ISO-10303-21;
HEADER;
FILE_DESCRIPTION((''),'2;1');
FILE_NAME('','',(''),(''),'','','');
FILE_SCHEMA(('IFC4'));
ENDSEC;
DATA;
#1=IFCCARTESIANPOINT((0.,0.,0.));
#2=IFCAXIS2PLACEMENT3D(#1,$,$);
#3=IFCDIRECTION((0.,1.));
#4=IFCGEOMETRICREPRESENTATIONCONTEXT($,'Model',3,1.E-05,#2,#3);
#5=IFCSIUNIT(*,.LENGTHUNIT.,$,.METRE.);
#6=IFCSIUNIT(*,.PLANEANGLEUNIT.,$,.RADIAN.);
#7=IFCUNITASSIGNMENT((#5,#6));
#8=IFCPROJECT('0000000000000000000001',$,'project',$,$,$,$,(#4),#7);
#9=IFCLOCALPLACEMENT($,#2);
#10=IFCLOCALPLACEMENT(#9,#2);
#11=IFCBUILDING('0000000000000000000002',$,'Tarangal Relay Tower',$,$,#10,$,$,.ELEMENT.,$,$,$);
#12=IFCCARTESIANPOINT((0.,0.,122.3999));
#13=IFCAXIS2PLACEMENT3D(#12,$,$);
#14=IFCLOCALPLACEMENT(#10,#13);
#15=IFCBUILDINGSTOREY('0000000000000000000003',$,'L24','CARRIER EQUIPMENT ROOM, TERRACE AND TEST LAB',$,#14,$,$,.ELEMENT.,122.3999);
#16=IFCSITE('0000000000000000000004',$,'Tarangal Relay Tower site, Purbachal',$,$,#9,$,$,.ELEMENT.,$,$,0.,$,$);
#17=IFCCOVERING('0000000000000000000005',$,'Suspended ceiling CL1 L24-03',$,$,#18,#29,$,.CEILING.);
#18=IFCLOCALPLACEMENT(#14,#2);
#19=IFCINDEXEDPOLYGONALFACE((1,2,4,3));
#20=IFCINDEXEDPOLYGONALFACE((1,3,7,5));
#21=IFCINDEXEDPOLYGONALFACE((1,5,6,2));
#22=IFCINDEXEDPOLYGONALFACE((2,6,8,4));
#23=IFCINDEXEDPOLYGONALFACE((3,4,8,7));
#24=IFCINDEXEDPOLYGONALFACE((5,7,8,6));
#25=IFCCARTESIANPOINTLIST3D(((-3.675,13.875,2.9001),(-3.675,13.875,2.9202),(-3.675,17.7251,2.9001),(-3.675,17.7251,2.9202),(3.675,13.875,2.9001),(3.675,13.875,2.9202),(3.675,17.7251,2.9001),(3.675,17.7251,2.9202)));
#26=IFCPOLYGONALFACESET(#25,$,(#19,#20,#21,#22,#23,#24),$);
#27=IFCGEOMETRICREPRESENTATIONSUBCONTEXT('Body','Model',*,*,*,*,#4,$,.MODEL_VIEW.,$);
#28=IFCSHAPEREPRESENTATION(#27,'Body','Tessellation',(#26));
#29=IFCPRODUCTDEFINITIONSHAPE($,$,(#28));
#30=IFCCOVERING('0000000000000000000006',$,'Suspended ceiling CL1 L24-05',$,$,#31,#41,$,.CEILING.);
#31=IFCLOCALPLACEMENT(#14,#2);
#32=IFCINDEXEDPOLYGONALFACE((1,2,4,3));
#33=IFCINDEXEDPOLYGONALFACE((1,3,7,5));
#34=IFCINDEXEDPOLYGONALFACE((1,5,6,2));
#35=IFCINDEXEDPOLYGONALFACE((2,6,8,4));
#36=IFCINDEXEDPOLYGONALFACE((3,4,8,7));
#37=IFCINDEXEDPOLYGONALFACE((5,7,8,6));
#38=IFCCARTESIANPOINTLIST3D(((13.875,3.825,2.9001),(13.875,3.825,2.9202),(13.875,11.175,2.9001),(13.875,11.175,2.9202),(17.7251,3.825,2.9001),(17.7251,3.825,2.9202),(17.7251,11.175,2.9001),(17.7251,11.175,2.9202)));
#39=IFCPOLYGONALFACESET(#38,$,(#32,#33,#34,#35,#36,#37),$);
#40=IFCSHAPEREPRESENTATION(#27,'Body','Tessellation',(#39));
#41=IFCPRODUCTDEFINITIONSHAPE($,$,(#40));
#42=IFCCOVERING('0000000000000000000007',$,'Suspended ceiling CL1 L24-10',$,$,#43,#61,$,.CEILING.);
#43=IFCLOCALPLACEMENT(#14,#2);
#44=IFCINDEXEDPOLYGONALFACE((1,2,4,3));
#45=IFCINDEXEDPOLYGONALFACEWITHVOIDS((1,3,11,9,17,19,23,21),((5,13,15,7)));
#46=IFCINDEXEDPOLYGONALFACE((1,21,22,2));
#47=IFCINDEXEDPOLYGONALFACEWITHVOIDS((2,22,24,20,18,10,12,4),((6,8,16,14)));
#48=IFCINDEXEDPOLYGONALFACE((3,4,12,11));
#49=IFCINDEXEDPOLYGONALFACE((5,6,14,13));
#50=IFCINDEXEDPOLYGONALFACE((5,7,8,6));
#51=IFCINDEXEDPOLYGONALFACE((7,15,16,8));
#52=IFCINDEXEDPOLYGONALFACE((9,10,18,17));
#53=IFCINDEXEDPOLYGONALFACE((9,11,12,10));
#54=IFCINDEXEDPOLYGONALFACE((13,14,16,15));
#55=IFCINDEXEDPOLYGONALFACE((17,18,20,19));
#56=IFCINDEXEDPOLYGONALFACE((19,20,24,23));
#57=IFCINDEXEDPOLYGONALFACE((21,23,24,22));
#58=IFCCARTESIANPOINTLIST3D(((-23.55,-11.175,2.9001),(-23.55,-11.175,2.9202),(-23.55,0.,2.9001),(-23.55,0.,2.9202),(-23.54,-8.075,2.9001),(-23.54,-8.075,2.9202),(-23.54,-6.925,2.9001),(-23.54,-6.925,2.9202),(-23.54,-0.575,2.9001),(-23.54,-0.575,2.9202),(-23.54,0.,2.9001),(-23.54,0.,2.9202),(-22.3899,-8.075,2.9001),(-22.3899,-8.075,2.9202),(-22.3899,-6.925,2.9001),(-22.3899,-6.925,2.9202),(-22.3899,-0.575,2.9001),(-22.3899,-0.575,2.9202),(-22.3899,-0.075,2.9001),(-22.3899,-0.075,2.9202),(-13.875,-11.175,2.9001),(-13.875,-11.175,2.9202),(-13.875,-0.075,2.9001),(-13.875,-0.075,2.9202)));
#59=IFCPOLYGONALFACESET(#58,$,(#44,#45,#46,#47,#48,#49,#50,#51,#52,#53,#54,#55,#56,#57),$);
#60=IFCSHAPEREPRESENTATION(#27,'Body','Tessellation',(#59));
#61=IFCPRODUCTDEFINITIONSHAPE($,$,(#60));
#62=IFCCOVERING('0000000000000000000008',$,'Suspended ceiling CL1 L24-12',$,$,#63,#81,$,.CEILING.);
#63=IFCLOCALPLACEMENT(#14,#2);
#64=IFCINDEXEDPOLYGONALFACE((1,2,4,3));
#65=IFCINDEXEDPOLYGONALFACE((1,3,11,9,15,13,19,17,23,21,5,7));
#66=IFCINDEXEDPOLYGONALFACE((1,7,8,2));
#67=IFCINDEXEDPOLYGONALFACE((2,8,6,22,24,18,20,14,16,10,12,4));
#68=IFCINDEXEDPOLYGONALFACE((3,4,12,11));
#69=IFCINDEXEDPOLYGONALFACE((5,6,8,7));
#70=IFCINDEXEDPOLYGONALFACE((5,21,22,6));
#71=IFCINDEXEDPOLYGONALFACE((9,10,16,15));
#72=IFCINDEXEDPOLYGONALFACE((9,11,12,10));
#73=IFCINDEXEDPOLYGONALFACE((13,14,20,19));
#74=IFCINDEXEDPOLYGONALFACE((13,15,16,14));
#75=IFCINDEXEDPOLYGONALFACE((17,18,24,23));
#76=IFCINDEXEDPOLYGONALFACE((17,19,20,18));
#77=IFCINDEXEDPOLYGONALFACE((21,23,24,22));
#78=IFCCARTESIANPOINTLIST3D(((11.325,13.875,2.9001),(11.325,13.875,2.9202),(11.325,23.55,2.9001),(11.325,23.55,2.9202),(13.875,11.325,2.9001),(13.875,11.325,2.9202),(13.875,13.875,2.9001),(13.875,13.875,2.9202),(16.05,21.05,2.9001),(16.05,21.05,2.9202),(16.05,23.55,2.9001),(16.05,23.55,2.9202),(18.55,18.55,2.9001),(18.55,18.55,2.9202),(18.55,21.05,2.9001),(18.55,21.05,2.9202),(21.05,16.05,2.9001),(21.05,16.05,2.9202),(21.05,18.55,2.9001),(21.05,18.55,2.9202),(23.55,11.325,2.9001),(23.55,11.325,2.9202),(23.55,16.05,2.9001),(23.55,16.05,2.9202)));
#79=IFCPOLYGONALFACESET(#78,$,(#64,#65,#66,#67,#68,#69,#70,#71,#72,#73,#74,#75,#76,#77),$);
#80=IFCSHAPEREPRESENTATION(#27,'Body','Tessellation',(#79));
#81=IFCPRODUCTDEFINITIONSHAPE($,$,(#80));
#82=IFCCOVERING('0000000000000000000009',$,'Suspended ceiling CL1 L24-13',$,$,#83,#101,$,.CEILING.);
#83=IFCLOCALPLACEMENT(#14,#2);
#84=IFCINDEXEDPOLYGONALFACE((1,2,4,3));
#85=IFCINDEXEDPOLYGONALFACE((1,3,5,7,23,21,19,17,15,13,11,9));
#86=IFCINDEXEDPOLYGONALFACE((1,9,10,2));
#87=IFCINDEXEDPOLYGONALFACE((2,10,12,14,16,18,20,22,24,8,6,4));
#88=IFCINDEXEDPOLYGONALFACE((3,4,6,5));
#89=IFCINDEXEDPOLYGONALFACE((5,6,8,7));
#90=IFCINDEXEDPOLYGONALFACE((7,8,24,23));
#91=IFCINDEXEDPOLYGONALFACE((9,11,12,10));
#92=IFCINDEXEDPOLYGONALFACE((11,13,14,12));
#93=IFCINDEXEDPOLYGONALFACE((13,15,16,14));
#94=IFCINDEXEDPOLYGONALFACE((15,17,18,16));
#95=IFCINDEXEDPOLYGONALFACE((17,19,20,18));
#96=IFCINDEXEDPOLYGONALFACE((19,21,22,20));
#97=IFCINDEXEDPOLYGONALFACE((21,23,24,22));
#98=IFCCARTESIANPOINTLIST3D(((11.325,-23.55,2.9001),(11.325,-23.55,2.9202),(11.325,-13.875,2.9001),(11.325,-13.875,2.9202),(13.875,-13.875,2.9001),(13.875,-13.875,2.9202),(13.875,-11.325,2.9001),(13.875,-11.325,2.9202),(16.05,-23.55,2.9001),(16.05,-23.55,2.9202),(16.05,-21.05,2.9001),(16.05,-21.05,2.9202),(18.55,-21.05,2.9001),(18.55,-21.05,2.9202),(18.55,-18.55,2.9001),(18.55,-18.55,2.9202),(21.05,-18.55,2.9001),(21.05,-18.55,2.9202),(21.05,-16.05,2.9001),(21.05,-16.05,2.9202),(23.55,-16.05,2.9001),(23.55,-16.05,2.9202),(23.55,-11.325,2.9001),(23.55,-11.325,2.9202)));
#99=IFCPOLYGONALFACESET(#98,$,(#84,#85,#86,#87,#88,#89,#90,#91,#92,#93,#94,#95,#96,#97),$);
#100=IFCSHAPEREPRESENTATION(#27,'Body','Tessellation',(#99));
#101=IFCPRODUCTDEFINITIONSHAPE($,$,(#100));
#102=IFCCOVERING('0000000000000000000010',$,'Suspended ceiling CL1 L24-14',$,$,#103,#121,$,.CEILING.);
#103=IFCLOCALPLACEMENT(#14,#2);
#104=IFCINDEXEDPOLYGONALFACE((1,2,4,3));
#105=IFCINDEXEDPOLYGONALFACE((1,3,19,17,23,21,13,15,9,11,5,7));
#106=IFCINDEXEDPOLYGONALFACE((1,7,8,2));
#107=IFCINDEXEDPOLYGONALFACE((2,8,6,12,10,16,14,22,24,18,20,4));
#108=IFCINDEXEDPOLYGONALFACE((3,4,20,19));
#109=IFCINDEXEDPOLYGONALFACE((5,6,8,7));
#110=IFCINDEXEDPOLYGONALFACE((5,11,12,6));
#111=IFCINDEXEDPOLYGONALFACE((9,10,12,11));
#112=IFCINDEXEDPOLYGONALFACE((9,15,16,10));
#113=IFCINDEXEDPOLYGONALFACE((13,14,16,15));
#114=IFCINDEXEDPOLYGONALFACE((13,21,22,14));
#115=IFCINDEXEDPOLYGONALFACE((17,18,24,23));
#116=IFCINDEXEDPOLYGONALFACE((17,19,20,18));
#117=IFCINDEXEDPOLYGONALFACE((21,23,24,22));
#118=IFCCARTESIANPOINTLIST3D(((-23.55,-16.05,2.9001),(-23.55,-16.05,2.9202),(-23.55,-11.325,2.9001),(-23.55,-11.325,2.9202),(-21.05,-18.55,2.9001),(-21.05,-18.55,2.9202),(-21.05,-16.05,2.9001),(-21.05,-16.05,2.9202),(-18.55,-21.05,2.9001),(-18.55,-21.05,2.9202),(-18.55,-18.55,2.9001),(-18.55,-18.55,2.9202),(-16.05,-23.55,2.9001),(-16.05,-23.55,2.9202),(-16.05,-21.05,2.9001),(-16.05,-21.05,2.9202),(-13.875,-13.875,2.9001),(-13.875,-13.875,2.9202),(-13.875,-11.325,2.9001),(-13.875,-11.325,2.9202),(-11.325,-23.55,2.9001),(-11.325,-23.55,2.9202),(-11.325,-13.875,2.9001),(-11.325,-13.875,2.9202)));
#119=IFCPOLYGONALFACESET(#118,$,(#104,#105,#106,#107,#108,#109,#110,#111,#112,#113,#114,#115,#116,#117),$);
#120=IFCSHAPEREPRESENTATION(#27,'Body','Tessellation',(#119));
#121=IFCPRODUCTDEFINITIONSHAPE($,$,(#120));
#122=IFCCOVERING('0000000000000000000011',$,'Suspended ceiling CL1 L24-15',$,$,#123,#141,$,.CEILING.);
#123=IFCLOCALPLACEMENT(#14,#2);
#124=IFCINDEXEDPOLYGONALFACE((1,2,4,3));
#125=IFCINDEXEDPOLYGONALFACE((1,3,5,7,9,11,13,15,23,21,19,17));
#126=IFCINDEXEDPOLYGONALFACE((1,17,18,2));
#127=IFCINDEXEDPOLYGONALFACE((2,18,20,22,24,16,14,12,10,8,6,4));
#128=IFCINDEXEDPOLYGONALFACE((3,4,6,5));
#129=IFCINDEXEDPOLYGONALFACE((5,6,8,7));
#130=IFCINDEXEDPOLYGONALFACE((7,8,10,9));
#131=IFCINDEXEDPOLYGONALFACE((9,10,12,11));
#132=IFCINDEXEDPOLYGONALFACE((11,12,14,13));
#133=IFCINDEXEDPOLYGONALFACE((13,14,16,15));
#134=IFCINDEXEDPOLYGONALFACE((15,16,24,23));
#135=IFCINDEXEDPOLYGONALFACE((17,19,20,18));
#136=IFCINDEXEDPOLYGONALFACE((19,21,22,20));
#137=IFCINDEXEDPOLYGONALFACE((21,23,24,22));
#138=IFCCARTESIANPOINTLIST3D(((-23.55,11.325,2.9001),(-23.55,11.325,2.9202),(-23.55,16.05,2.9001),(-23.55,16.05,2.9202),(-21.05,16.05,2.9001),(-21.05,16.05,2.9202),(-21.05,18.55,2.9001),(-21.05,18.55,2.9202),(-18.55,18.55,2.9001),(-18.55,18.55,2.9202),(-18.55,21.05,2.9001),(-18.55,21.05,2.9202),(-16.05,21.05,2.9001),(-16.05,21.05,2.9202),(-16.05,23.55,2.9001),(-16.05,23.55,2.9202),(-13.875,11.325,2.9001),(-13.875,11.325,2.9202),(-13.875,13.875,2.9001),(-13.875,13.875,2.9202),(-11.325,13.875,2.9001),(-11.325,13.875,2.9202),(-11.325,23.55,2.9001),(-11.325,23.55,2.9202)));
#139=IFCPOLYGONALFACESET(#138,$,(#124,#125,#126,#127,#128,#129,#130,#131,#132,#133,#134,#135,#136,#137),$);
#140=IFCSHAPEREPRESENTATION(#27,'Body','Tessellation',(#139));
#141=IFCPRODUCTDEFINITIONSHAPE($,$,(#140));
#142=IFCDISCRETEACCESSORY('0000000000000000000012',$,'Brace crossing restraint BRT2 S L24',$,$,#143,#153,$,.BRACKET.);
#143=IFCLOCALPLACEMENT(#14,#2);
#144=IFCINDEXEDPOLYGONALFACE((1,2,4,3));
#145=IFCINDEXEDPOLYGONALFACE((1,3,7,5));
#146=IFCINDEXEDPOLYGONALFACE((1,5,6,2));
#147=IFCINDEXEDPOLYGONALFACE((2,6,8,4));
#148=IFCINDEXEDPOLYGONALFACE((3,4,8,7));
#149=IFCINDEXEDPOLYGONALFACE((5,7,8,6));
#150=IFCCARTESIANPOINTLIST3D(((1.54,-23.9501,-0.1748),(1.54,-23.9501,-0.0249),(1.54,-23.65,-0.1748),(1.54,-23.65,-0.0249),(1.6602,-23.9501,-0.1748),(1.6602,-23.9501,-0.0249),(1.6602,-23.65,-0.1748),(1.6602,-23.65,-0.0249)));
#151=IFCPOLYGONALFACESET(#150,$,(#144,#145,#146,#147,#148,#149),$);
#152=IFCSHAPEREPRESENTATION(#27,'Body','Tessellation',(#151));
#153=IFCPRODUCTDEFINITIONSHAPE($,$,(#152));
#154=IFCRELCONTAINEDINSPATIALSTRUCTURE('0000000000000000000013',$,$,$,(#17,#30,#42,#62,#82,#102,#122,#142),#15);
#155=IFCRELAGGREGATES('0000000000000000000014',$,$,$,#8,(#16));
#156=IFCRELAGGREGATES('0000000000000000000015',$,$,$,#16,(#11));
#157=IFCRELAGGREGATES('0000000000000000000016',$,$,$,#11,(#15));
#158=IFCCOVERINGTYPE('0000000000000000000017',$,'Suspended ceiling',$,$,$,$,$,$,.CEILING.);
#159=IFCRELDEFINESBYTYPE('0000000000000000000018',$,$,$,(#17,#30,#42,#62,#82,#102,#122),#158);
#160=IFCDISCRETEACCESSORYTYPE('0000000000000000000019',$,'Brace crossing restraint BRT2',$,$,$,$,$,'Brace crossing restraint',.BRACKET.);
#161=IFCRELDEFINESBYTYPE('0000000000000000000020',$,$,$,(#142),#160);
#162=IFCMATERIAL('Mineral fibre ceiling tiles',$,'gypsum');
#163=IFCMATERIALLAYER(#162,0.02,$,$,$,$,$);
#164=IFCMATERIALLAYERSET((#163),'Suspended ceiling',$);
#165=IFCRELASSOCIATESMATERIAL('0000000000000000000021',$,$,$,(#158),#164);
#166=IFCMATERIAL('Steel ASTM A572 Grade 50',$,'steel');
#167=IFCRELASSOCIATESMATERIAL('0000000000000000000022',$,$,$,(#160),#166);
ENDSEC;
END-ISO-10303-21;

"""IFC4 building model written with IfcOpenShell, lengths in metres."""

from ifc_helpers import new_model, si_unit, direction, frame, origin, origin_2d, place, context, subcontext, project, spatial, polyline, rectangle, outline, extrude, material, layer, layer_set, type_object, element, save


model = new_model("IFC4")

# Units and contexts
model_context = context("Model", 3, precision=1e-05, world=origin(), true_north=direction((0.0, 1.0)))
body_context = subcontext(model_context, "Body", "Model", "MODEL_VIEW")
ifc_project = project(units=[si_unit("LENGTHUNIT", "METRE"), si_unit("PLANEANGLEUNIT", "RADIAN")], contexts=[model_context])

# Site, building, storey
site_placement = place(None, origin())
site = spatial("IfcSite", under=ifc_project, at=site_placement, Name="Tarangal Relay Tower site, Purbachal", CompositionType="ELEMENT", RefElevation=0.0)
building_placement = place(site_placement, origin())
building = spatial("IfcBuilding", under=site, at=building_placement, Name="Tarangal Relay Tower", CompositionType="ELEMENT")
storey_placement = place(building_placement, frame((0.0, 0.0, 122.3999)))
storey = spatial("IfcBuildingStorey", under=building, at=storey_placement, Name="L24", Description="CARRIER EQUIPMENT ROOM, TERRACE AND TEST LAB", CompositionType="ELEMENT", Elevation=122.3999)

# Shared definitions
ifc_material_1 = material(Name="Steel ASTM A572 Grade 50", Category="steel")

# Coverings
ifc_material_2 = material(Name="Mineral fibre ceiling tiles", Category="gypsum")
ifc_layer_1 = layer(ifc_material_2, 0.02)
ifc_layer_set_1 = layer_set([ifc_layer_1], Name="Suspended ceiling")
covering_type_1 = type_object("IfcCoveringType", Name="Suspended ceiling", PredefinedType="CEILING", material=ifc_layer_set_1)
covering_1_placement = place(storey_placement, frame((0.0, 0.0, 2.9001)))
element("IfcCovering", 1, at=covering_1_placement, inside=storey, type_object=covering_type_1, Name="Suspended ceiling CL1 L24-03", PredefinedType="CEILING", context=body_context, shape_type="SweptSolid", body=[
    extrude(outline(polyline([(-3.675, 17.7251), (-3.675, 13.875), (3.675, 13.875), (3.675, 17.7251), (-3.675, 17.7251)])), origin(), (0.0, 0.0, 1.0), 0.02),
])
covering_2_placement = place(storey_placement, frame((0.0, 0.0, 2.9001)))
element("IfcCovering", 2, at=covering_2_placement, inside=storey, type_object=covering_type_1, Name="Suspended ceiling CL1 L24-05", PredefinedType="CEILING", context=body_context, shape_type="SweptSolid", body=[
    extrude(outline(polyline([(17.7251, 3.825), (17.7251, 11.175), (13.875, 11.175), (13.875, 3.825), (17.7251, 3.825)])), origin(), (0.0, 0.0, 1.0), 0.02),
])
covering_3_placement = place(storey_placement, frame((0.0, 0.0, 2.9001)))
element("IfcCovering", 3, at=covering_3_placement, inside=storey, type_object=covering_type_1, Name="Suspended ceiling CL1 L24-10", PredefinedType="CEILING", context=body_context, shape_type="SweptSolid", body=[
    extrude(outline(polyline([(-23.55, 0.0), (-23.55, -11.175), (-13.875, -11.175), (-13.875, -0.075), (-22.3899, -0.075), (-22.3899, -0.575), (-23.54, -0.575), (-23.54, 0.0), (-23.55, 0.0)]), holes=[polyline([(-22.3899, -8.075), (-22.3899, -6.925), (-23.54, -6.925), (-23.54, -8.075), (-22.3899, -8.075)])]), origin(), (0.0, 0.0, 1.0), 0.02),
])
covering_4_placement = place(storey_placement, frame((0.0, 0.0, 2.9001)))
element("IfcCovering", 4, at=covering_4_placement, inside=storey, type_object=covering_type_1, Name="Suspended ceiling CL1 L24-12", PredefinedType="CEILING", context=body_context, shape_type="SweptSolid", body=[
    extrude(outline(polyline([(16.05, 23.55), (11.325, 23.55), (11.325, 13.875), (13.875, 13.875), (13.875, 11.325), (23.55, 11.325), (23.55, 16.05), (21.05, 16.05), (21.05, 18.55), (18.55, 18.55), (18.55, 21.05), (16.05, 21.05), (16.05, 23.55)])), origin(), (0.0, 0.0, 1.0), 0.02),
])
covering_5_placement = place(storey_placement, frame((0.0, 0.0, 2.9001)))
element("IfcCovering", 5, at=covering_5_placement, inside=storey, type_object=covering_type_1, Name="Suspended ceiling CL1 L24-13", PredefinedType="CEILING", context=body_context, shape_type="SweptSolid", body=[
    extrude(outline(polyline([(23.55, -16.05), (23.55, -11.325), (13.875, -11.325), (13.875, -13.875), (11.325, -13.875), (11.325, -23.55), (16.05, -23.55), (16.05, -21.05), (18.55, -21.05), (18.55, -18.55), (21.05, -18.55), (21.05, -16.05), (23.55, -16.05)])), origin(), (0.0, 0.0, 1.0), 0.02),
])
covering_6_placement = place(storey_placement, frame((0.0, 0.0, 2.9001)))
element("IfcCovering", 6, at=covering_6_placement, inside=storey, type_object=covering_type_1, Name="Suspended ceiling CL1 L24-14", PredefinedType="CEILING", context=body_context, shape_type="SweptSolid", body=[
    extrude(outline(polyline([(-16.05, -21.05), (-16.05, -23.55), (-11.325, -23.55), (-11.325, -13.875), (-13.875, -13.875), (-13.875, -11.325), (-23.55, -11.325), (-23.55, -16.05), (-21.05, -16.05), (-21.05, -18.55), (-18.55, -18.55), (-18.55, -21.05), (-16.05, -21.05)])), origin(), (0.0, 0.0, 1.0), 0.02),
])
covering_7_placement = place(storey_placement, frame((0.0, 0.0, 2.9001)))
element("IfcCovering", 7, at=covering_7_placement, inside=storey, type_object=covering_type_1, Name="Suspended ceiling CL1 L24-15", PredefinedType="CEILING", context=body_context, shape_type="SweptSolid", body=[
    extrude(outline(polyline([(-21.05, 16.05), (-23.55, 16.05), (-23.55, 11.325), (-13.875, 11.325), (-13.875, 13.875), (-11.325, 13.875), (-11.325, 23.55), (-16.05, 23.55), (-16.05, 21.05), (-18.55, 21.05), (-18.55, 18.55), (-21.05, 18.55), (-21.05, 16.05)])), origin(), (0.0, 0.0, 1.0), 0.02),
])

# Discrete accessory
discrete_accessory_type = type_object("IfcDiscreteAccessoryType", Name="Brace crossing restraint BRT2", ElementType="Brace crossing restraint", PredefinedType="BRACKET", material=ifc_material_1)
discrete_accessory_placement = place(storey_placement, frame((1.6001, -23.8, -0.1748), z_axis=(0.0, 0.0, 1.0), x_axis=(1.0, 0.0, 0.0)))
element("IfcDiscreteAccessory", 8, at=discrete_accessory_placement, inside=storey, type_object=discrete_accessory_type, Name="Brace crossing restraint BRT2 S L24", PredefinedType="BRACKET", context=body_context, shape_type="SweptSolid", body=[
    extrude(rectangle(XDim=0.1201, YDim=0.3, at=origin_2d()), origin(), (0.0, 0.0, 1.0), 0.1499),
])

save(model, "model.ifc")
